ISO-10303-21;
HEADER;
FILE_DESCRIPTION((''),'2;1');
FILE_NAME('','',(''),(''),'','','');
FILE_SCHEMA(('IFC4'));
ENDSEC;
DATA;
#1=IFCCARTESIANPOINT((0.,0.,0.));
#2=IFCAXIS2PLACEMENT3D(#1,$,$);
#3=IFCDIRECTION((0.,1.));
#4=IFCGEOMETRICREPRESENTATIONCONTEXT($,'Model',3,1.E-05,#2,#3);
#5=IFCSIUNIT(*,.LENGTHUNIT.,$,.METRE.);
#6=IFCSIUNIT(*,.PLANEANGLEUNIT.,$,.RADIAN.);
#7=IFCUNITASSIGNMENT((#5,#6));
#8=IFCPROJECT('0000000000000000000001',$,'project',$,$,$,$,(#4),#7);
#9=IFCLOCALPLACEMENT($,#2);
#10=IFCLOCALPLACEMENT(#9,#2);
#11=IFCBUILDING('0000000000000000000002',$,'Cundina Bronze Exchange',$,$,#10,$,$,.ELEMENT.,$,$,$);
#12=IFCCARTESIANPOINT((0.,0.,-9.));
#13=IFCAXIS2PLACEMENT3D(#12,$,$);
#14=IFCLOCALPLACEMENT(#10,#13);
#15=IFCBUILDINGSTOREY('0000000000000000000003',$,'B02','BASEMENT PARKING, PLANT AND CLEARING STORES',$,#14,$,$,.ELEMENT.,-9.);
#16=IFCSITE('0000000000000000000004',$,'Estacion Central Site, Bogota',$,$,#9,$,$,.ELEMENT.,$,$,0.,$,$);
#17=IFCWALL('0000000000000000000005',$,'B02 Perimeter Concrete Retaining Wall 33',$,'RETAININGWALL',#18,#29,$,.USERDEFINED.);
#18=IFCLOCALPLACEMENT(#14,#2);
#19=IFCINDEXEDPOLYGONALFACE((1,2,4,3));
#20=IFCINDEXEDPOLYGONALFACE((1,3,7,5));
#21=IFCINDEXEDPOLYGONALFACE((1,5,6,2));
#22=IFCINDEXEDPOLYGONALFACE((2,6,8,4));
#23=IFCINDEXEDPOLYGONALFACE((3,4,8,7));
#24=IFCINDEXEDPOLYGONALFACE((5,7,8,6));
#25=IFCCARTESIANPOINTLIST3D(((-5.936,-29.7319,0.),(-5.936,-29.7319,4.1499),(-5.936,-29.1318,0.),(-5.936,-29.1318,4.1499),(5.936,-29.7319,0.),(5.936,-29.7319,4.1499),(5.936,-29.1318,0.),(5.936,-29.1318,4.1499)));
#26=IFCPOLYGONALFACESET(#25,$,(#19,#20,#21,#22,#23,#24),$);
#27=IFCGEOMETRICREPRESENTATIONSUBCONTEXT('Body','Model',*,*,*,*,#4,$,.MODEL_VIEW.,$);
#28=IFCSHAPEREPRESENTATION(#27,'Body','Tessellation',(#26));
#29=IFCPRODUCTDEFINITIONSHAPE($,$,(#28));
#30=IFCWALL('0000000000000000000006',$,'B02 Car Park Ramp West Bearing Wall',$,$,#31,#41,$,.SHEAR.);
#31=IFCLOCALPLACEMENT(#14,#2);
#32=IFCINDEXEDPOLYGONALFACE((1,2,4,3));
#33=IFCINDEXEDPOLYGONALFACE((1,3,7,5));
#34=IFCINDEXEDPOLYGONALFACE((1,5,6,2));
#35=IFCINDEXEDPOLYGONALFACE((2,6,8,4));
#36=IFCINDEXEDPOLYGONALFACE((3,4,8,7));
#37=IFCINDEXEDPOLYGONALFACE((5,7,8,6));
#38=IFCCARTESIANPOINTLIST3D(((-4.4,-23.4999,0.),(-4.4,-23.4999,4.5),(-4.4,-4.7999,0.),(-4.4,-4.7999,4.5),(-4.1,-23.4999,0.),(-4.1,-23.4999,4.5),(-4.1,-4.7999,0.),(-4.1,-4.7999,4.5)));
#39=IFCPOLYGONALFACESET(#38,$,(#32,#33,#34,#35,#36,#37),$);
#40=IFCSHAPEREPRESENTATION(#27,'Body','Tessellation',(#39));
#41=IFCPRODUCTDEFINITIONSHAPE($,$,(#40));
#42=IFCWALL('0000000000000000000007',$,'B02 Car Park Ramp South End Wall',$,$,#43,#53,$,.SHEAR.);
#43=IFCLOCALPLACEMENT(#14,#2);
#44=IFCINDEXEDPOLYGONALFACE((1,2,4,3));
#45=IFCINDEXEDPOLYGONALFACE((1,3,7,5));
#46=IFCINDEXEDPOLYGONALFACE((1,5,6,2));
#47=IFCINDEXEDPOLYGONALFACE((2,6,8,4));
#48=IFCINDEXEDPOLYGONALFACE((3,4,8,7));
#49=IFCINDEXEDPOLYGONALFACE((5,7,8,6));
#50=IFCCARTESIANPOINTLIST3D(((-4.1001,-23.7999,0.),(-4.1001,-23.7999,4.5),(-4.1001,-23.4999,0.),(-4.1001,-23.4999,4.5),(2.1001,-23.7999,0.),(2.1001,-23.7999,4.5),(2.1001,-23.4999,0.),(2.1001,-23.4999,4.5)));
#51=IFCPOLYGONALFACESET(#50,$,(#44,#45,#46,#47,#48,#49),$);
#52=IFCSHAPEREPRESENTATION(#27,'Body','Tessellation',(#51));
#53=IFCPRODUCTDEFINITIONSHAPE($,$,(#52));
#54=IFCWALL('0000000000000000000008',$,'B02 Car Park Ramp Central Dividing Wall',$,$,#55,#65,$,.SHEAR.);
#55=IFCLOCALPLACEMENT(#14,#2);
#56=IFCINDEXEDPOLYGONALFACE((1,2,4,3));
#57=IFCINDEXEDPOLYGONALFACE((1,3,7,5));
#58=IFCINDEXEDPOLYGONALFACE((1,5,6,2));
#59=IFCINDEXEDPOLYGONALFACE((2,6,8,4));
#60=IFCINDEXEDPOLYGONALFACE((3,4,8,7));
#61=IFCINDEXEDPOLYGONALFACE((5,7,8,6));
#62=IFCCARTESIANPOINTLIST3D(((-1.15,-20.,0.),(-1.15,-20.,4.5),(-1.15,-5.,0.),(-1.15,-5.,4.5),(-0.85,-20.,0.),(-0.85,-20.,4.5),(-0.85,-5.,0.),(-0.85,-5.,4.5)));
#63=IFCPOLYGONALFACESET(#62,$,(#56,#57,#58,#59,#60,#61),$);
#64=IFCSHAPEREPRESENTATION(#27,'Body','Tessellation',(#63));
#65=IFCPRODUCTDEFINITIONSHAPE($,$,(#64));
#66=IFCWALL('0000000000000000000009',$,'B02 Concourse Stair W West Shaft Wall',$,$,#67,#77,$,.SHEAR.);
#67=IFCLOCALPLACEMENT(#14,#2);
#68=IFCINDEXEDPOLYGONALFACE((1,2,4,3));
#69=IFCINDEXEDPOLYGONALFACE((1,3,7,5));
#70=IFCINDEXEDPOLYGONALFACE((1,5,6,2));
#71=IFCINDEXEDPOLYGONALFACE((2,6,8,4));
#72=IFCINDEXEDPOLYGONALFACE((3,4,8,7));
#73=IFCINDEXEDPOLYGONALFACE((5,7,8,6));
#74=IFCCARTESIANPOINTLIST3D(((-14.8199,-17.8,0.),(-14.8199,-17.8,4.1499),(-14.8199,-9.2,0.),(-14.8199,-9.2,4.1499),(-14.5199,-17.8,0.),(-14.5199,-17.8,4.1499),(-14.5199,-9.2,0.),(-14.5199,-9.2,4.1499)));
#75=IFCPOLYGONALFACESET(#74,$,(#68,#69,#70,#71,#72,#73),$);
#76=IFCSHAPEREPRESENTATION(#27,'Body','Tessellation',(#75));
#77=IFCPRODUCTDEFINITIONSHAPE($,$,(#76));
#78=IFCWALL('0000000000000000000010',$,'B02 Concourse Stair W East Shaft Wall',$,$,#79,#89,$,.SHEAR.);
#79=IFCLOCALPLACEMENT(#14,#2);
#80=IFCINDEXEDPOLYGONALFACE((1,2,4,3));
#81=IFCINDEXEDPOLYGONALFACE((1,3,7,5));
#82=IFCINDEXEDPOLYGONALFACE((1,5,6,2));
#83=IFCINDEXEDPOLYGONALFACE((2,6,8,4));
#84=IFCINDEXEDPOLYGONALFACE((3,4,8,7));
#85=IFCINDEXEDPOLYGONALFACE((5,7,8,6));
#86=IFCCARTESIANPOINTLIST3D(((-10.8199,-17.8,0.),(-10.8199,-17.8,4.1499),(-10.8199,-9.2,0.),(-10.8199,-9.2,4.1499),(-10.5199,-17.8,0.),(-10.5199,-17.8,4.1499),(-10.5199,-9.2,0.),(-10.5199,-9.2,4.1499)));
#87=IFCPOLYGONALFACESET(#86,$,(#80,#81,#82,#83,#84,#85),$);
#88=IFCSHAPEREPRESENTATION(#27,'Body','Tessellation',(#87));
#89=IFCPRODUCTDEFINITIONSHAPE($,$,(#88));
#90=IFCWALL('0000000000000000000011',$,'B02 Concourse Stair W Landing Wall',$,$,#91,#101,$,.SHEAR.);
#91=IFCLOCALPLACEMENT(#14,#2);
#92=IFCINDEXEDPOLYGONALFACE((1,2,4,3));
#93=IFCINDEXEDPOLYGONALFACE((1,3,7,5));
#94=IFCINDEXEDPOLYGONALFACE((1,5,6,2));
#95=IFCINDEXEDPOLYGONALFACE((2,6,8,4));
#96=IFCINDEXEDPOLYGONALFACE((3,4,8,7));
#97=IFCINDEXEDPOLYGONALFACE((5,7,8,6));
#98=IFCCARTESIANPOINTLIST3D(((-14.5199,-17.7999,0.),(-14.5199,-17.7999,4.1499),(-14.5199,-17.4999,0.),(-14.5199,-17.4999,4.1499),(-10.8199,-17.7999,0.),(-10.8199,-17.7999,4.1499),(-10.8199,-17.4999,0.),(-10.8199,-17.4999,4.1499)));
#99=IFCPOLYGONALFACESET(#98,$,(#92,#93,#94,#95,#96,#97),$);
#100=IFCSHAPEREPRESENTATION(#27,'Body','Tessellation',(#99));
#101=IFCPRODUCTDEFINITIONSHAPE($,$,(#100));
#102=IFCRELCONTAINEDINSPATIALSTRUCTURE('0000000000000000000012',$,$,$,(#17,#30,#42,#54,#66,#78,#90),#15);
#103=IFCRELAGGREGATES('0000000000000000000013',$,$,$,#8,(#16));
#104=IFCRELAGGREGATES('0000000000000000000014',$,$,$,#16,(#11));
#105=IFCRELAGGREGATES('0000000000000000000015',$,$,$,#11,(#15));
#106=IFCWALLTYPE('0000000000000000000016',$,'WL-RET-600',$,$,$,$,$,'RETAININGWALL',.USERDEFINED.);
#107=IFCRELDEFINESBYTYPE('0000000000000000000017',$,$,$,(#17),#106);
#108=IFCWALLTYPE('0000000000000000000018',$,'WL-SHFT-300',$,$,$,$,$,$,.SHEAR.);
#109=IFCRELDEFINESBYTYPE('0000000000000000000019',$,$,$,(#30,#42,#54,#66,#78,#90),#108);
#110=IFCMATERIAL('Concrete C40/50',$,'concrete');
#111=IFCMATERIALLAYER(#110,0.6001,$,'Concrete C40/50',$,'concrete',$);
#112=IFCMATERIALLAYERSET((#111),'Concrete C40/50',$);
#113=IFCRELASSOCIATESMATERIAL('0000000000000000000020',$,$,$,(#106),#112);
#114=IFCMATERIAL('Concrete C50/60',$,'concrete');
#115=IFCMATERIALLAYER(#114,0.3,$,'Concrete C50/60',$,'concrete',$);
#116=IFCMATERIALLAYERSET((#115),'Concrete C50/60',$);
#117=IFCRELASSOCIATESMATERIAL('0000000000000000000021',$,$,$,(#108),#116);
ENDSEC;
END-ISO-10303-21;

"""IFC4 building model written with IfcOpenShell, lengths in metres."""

from ifc_helpers import new_model, si_unit, direction, frame, frame_2d, origin, place, context, subcontext, project, spatial, rectangle, extrude, material, layer, layer_set, type_object, element, save


model = new_model("IFC4")

# Units and contexts
model_context = context("Model", 3, precision=1e-05, world=origin(), true_north=direction((0.0, 1.0)))
body_context = subcontext(model_context, "Body", "Model", "MODEL_VIEW")
ifc_project = project(units=[si_unit("LENGTHUNIT", "METRE"), si_unit("PLANEANGLEUNIT", "RADIAN")], contexts=[model_context])

# Site, building, storey
site_placement = place(None, origin())
site = spatial("IfcSite", under=ifc_project, at=site_placement, Name="Estacion Central Site, Bogota", CompositionType="ELEMENT", RefElevation=0.0)
building_placement = place(site_placement, origin())
building = spatial("IfcBuilding", under=site, at=building_placement, Name="Cundina Bronze Exchange", CompositionType="ELEMENT")
storey_placement = place(building_placement, frame((0.0, 0.0, -9.0)))
storey = spatial("IfcBuildingStorey", under=building, at=storey_placement, Name="B02", Description="BASEMENT PARKING, PLANT AND CLEARING STORES", CompositionType="ELEMENT", Elevation=-9.0)

# Shared definitions
ifc_material_1 = material(Name="Concrete C40/50", Category="concrete")

# Shared definitions
ifc_material_2 = material(Name="Concrete C50/60", Category="concrete")

# Walls
ifc_layer_1 = layer(ifc_material_1, 0.6001, Name="Concrete C40/50", Category="concrete")
ifc_layer_set_1 = layer_set([ifc_layer_1], Name="Concrete C40/50")
wall_type_1 = type_object("IfcWallType", Name="WL-RET-600", ElementType="RETAININGWALL", PredefinedType="USERDEFINED", material=ifc_layer_set_1)
wall_1_placement = place(storey_placement, frame((-5.936, -29.4319, 0.0), z_axis=(0.0, 0.0, 1.0), x_axis=(1.0, 0.0, 0.0)))
element("IfcWall", 1, at=wall_1_placement, inside=storey, type_object=wall_type_1, Name="B02 Perimeter Concrete Retaining Wall 33", ObjectType="RETAININGWALL", PredefinedType="USERDEFINED", context=body_context, shape_type="SweptSolid", body=[
    extrude(rectangle(XDim=11.8721, YDim=0.6001, at=frame_2d((5.936, 0.0))), origin(), (0.0, 0.0, 1.0), 4.1499),
])
ifc_layer_2 = layer(ifc_material_2, 0.3, Name="Concrete C50/60", Category="concrete")
ifc_layer_set_2 = layer_set([ifc_layer_2], Name="Concrete C50/60")
wall_type_2 = type_object("IfcWallType", Name="WL-SHFT-300", PredefinedType="SHEAR", material=ifc_layer_set_2)
wall_2_placement = place(storey_placement, frame((-4.25, -23.5, 0.0), z_axis=(0.0, 0.0, 1.0), x_axis=(0.0, 1.0, 0.0)))
element("IfcWall", 2, at=wall_2_placement, inside=storey, type_object=wall_type_2, Name="B02 Car Park Ramp West Bearing Wall", PredefinedType="SHEAR", context=body_context, shape_type="SweptSolid", body=[
    extrude(rectangle(XDim=18.7, YDim=0.3, at=frame_2d((9.3501, 0.0))), origin(), (0.0, 0.0, 1.0), 4.5),
])
wall_3_placement = place(storey_placement, frame((-4.1001, -23.6499, 0.0), z_axis=(0.0, 0.0, 1.0), x_axis=(1.0, 0.0, 0.0)))
element("IfcWall", 3, at=wall_3_placement, inside=storey, type_object=wall_type_2, Name="B02 Car Park Ramp South End Wall", PredefinedType="SHEAR", context=body_context, shape_type="SweptSolid", body=[
    extrude(rectangle(XDim=6.2002, YDim=0.3, at=frame_2d((3.1001, 0.0))), origin(), (0.0, 0.0, 1.0), 4.5),
])
wall_4_placement = place(storey_placement, frame((-1.0, -20.0, 0.0), z_axis=(0.0, 0.0, 1.0), x_axis=(0.0, 1.0, 0.0)))
element("IfcWall", 4, at=wall_4_placement, inside=storey, type_object=wall_type_2, Name="B02 Car Park Ramp Central Dividing Wall", PredefinedType="SHEAR", context=body_context, shape_type="SweptSolid", body=[
    extrude(rectangle(XDim=15.0, YDim=0.3, at=frame_2d((7.5, 0.0))), origin(), (0.0, 0.0, 1.0), 4.5),
])
for number, where, z_axis, x_axis, name in (
    (5, (-14.6699, -17.8, 0.0), (0.0, 0.0, 1.0), (0.0, 1.0, 0.0), "B02 Concourse Stair W West Shaft Wall"),
    (6, (-10.6699, -17.8, 0.0), (0.0, 0.0, 1.0), (0.0, 1.0, 0.0), "B02 Concourse Stair W East Shaft Wall"),
):
    element("IfcWall", number, at=place(storey_placement, frame(where, z_axis=z_axis, x_axis=x_axis)), inside=storey, type_object=wall_type_2, Name=name, PredefinedType="SHEAR", context=body_context, shape_type="SweptSolid", body=[
        extrude(rectangle(XDim=8.6001, YDim=0.3, at=frame_2d((4.3, 0.0))), origin(), (0.0, 0.0, 1.0), 4.1499),
    ])
wall_5_placement = place(storey_placement, frame((-14.52, -17.6499, 0.0), z_axis=(0.0, 0.0, 1.0), x_axis=(1.0, 0.0, 0.0)))
element("IfcWall", 7, at=wall_5_placement, inside=storey, type_object=wall_type_2, Name="B02 Concourse Stair W Landing Wall", PredefinedType="SHEAR", context=body_context, shape_type="SweptSolid", body=[
    extrude(rectangle(XDim=3.7, YDim=0.3, at=frame_2d((1.8501, 0.0))), origin(), (0.0, 0.0, 1.0), 4.1499),
])

save(model, "model.ifc")
